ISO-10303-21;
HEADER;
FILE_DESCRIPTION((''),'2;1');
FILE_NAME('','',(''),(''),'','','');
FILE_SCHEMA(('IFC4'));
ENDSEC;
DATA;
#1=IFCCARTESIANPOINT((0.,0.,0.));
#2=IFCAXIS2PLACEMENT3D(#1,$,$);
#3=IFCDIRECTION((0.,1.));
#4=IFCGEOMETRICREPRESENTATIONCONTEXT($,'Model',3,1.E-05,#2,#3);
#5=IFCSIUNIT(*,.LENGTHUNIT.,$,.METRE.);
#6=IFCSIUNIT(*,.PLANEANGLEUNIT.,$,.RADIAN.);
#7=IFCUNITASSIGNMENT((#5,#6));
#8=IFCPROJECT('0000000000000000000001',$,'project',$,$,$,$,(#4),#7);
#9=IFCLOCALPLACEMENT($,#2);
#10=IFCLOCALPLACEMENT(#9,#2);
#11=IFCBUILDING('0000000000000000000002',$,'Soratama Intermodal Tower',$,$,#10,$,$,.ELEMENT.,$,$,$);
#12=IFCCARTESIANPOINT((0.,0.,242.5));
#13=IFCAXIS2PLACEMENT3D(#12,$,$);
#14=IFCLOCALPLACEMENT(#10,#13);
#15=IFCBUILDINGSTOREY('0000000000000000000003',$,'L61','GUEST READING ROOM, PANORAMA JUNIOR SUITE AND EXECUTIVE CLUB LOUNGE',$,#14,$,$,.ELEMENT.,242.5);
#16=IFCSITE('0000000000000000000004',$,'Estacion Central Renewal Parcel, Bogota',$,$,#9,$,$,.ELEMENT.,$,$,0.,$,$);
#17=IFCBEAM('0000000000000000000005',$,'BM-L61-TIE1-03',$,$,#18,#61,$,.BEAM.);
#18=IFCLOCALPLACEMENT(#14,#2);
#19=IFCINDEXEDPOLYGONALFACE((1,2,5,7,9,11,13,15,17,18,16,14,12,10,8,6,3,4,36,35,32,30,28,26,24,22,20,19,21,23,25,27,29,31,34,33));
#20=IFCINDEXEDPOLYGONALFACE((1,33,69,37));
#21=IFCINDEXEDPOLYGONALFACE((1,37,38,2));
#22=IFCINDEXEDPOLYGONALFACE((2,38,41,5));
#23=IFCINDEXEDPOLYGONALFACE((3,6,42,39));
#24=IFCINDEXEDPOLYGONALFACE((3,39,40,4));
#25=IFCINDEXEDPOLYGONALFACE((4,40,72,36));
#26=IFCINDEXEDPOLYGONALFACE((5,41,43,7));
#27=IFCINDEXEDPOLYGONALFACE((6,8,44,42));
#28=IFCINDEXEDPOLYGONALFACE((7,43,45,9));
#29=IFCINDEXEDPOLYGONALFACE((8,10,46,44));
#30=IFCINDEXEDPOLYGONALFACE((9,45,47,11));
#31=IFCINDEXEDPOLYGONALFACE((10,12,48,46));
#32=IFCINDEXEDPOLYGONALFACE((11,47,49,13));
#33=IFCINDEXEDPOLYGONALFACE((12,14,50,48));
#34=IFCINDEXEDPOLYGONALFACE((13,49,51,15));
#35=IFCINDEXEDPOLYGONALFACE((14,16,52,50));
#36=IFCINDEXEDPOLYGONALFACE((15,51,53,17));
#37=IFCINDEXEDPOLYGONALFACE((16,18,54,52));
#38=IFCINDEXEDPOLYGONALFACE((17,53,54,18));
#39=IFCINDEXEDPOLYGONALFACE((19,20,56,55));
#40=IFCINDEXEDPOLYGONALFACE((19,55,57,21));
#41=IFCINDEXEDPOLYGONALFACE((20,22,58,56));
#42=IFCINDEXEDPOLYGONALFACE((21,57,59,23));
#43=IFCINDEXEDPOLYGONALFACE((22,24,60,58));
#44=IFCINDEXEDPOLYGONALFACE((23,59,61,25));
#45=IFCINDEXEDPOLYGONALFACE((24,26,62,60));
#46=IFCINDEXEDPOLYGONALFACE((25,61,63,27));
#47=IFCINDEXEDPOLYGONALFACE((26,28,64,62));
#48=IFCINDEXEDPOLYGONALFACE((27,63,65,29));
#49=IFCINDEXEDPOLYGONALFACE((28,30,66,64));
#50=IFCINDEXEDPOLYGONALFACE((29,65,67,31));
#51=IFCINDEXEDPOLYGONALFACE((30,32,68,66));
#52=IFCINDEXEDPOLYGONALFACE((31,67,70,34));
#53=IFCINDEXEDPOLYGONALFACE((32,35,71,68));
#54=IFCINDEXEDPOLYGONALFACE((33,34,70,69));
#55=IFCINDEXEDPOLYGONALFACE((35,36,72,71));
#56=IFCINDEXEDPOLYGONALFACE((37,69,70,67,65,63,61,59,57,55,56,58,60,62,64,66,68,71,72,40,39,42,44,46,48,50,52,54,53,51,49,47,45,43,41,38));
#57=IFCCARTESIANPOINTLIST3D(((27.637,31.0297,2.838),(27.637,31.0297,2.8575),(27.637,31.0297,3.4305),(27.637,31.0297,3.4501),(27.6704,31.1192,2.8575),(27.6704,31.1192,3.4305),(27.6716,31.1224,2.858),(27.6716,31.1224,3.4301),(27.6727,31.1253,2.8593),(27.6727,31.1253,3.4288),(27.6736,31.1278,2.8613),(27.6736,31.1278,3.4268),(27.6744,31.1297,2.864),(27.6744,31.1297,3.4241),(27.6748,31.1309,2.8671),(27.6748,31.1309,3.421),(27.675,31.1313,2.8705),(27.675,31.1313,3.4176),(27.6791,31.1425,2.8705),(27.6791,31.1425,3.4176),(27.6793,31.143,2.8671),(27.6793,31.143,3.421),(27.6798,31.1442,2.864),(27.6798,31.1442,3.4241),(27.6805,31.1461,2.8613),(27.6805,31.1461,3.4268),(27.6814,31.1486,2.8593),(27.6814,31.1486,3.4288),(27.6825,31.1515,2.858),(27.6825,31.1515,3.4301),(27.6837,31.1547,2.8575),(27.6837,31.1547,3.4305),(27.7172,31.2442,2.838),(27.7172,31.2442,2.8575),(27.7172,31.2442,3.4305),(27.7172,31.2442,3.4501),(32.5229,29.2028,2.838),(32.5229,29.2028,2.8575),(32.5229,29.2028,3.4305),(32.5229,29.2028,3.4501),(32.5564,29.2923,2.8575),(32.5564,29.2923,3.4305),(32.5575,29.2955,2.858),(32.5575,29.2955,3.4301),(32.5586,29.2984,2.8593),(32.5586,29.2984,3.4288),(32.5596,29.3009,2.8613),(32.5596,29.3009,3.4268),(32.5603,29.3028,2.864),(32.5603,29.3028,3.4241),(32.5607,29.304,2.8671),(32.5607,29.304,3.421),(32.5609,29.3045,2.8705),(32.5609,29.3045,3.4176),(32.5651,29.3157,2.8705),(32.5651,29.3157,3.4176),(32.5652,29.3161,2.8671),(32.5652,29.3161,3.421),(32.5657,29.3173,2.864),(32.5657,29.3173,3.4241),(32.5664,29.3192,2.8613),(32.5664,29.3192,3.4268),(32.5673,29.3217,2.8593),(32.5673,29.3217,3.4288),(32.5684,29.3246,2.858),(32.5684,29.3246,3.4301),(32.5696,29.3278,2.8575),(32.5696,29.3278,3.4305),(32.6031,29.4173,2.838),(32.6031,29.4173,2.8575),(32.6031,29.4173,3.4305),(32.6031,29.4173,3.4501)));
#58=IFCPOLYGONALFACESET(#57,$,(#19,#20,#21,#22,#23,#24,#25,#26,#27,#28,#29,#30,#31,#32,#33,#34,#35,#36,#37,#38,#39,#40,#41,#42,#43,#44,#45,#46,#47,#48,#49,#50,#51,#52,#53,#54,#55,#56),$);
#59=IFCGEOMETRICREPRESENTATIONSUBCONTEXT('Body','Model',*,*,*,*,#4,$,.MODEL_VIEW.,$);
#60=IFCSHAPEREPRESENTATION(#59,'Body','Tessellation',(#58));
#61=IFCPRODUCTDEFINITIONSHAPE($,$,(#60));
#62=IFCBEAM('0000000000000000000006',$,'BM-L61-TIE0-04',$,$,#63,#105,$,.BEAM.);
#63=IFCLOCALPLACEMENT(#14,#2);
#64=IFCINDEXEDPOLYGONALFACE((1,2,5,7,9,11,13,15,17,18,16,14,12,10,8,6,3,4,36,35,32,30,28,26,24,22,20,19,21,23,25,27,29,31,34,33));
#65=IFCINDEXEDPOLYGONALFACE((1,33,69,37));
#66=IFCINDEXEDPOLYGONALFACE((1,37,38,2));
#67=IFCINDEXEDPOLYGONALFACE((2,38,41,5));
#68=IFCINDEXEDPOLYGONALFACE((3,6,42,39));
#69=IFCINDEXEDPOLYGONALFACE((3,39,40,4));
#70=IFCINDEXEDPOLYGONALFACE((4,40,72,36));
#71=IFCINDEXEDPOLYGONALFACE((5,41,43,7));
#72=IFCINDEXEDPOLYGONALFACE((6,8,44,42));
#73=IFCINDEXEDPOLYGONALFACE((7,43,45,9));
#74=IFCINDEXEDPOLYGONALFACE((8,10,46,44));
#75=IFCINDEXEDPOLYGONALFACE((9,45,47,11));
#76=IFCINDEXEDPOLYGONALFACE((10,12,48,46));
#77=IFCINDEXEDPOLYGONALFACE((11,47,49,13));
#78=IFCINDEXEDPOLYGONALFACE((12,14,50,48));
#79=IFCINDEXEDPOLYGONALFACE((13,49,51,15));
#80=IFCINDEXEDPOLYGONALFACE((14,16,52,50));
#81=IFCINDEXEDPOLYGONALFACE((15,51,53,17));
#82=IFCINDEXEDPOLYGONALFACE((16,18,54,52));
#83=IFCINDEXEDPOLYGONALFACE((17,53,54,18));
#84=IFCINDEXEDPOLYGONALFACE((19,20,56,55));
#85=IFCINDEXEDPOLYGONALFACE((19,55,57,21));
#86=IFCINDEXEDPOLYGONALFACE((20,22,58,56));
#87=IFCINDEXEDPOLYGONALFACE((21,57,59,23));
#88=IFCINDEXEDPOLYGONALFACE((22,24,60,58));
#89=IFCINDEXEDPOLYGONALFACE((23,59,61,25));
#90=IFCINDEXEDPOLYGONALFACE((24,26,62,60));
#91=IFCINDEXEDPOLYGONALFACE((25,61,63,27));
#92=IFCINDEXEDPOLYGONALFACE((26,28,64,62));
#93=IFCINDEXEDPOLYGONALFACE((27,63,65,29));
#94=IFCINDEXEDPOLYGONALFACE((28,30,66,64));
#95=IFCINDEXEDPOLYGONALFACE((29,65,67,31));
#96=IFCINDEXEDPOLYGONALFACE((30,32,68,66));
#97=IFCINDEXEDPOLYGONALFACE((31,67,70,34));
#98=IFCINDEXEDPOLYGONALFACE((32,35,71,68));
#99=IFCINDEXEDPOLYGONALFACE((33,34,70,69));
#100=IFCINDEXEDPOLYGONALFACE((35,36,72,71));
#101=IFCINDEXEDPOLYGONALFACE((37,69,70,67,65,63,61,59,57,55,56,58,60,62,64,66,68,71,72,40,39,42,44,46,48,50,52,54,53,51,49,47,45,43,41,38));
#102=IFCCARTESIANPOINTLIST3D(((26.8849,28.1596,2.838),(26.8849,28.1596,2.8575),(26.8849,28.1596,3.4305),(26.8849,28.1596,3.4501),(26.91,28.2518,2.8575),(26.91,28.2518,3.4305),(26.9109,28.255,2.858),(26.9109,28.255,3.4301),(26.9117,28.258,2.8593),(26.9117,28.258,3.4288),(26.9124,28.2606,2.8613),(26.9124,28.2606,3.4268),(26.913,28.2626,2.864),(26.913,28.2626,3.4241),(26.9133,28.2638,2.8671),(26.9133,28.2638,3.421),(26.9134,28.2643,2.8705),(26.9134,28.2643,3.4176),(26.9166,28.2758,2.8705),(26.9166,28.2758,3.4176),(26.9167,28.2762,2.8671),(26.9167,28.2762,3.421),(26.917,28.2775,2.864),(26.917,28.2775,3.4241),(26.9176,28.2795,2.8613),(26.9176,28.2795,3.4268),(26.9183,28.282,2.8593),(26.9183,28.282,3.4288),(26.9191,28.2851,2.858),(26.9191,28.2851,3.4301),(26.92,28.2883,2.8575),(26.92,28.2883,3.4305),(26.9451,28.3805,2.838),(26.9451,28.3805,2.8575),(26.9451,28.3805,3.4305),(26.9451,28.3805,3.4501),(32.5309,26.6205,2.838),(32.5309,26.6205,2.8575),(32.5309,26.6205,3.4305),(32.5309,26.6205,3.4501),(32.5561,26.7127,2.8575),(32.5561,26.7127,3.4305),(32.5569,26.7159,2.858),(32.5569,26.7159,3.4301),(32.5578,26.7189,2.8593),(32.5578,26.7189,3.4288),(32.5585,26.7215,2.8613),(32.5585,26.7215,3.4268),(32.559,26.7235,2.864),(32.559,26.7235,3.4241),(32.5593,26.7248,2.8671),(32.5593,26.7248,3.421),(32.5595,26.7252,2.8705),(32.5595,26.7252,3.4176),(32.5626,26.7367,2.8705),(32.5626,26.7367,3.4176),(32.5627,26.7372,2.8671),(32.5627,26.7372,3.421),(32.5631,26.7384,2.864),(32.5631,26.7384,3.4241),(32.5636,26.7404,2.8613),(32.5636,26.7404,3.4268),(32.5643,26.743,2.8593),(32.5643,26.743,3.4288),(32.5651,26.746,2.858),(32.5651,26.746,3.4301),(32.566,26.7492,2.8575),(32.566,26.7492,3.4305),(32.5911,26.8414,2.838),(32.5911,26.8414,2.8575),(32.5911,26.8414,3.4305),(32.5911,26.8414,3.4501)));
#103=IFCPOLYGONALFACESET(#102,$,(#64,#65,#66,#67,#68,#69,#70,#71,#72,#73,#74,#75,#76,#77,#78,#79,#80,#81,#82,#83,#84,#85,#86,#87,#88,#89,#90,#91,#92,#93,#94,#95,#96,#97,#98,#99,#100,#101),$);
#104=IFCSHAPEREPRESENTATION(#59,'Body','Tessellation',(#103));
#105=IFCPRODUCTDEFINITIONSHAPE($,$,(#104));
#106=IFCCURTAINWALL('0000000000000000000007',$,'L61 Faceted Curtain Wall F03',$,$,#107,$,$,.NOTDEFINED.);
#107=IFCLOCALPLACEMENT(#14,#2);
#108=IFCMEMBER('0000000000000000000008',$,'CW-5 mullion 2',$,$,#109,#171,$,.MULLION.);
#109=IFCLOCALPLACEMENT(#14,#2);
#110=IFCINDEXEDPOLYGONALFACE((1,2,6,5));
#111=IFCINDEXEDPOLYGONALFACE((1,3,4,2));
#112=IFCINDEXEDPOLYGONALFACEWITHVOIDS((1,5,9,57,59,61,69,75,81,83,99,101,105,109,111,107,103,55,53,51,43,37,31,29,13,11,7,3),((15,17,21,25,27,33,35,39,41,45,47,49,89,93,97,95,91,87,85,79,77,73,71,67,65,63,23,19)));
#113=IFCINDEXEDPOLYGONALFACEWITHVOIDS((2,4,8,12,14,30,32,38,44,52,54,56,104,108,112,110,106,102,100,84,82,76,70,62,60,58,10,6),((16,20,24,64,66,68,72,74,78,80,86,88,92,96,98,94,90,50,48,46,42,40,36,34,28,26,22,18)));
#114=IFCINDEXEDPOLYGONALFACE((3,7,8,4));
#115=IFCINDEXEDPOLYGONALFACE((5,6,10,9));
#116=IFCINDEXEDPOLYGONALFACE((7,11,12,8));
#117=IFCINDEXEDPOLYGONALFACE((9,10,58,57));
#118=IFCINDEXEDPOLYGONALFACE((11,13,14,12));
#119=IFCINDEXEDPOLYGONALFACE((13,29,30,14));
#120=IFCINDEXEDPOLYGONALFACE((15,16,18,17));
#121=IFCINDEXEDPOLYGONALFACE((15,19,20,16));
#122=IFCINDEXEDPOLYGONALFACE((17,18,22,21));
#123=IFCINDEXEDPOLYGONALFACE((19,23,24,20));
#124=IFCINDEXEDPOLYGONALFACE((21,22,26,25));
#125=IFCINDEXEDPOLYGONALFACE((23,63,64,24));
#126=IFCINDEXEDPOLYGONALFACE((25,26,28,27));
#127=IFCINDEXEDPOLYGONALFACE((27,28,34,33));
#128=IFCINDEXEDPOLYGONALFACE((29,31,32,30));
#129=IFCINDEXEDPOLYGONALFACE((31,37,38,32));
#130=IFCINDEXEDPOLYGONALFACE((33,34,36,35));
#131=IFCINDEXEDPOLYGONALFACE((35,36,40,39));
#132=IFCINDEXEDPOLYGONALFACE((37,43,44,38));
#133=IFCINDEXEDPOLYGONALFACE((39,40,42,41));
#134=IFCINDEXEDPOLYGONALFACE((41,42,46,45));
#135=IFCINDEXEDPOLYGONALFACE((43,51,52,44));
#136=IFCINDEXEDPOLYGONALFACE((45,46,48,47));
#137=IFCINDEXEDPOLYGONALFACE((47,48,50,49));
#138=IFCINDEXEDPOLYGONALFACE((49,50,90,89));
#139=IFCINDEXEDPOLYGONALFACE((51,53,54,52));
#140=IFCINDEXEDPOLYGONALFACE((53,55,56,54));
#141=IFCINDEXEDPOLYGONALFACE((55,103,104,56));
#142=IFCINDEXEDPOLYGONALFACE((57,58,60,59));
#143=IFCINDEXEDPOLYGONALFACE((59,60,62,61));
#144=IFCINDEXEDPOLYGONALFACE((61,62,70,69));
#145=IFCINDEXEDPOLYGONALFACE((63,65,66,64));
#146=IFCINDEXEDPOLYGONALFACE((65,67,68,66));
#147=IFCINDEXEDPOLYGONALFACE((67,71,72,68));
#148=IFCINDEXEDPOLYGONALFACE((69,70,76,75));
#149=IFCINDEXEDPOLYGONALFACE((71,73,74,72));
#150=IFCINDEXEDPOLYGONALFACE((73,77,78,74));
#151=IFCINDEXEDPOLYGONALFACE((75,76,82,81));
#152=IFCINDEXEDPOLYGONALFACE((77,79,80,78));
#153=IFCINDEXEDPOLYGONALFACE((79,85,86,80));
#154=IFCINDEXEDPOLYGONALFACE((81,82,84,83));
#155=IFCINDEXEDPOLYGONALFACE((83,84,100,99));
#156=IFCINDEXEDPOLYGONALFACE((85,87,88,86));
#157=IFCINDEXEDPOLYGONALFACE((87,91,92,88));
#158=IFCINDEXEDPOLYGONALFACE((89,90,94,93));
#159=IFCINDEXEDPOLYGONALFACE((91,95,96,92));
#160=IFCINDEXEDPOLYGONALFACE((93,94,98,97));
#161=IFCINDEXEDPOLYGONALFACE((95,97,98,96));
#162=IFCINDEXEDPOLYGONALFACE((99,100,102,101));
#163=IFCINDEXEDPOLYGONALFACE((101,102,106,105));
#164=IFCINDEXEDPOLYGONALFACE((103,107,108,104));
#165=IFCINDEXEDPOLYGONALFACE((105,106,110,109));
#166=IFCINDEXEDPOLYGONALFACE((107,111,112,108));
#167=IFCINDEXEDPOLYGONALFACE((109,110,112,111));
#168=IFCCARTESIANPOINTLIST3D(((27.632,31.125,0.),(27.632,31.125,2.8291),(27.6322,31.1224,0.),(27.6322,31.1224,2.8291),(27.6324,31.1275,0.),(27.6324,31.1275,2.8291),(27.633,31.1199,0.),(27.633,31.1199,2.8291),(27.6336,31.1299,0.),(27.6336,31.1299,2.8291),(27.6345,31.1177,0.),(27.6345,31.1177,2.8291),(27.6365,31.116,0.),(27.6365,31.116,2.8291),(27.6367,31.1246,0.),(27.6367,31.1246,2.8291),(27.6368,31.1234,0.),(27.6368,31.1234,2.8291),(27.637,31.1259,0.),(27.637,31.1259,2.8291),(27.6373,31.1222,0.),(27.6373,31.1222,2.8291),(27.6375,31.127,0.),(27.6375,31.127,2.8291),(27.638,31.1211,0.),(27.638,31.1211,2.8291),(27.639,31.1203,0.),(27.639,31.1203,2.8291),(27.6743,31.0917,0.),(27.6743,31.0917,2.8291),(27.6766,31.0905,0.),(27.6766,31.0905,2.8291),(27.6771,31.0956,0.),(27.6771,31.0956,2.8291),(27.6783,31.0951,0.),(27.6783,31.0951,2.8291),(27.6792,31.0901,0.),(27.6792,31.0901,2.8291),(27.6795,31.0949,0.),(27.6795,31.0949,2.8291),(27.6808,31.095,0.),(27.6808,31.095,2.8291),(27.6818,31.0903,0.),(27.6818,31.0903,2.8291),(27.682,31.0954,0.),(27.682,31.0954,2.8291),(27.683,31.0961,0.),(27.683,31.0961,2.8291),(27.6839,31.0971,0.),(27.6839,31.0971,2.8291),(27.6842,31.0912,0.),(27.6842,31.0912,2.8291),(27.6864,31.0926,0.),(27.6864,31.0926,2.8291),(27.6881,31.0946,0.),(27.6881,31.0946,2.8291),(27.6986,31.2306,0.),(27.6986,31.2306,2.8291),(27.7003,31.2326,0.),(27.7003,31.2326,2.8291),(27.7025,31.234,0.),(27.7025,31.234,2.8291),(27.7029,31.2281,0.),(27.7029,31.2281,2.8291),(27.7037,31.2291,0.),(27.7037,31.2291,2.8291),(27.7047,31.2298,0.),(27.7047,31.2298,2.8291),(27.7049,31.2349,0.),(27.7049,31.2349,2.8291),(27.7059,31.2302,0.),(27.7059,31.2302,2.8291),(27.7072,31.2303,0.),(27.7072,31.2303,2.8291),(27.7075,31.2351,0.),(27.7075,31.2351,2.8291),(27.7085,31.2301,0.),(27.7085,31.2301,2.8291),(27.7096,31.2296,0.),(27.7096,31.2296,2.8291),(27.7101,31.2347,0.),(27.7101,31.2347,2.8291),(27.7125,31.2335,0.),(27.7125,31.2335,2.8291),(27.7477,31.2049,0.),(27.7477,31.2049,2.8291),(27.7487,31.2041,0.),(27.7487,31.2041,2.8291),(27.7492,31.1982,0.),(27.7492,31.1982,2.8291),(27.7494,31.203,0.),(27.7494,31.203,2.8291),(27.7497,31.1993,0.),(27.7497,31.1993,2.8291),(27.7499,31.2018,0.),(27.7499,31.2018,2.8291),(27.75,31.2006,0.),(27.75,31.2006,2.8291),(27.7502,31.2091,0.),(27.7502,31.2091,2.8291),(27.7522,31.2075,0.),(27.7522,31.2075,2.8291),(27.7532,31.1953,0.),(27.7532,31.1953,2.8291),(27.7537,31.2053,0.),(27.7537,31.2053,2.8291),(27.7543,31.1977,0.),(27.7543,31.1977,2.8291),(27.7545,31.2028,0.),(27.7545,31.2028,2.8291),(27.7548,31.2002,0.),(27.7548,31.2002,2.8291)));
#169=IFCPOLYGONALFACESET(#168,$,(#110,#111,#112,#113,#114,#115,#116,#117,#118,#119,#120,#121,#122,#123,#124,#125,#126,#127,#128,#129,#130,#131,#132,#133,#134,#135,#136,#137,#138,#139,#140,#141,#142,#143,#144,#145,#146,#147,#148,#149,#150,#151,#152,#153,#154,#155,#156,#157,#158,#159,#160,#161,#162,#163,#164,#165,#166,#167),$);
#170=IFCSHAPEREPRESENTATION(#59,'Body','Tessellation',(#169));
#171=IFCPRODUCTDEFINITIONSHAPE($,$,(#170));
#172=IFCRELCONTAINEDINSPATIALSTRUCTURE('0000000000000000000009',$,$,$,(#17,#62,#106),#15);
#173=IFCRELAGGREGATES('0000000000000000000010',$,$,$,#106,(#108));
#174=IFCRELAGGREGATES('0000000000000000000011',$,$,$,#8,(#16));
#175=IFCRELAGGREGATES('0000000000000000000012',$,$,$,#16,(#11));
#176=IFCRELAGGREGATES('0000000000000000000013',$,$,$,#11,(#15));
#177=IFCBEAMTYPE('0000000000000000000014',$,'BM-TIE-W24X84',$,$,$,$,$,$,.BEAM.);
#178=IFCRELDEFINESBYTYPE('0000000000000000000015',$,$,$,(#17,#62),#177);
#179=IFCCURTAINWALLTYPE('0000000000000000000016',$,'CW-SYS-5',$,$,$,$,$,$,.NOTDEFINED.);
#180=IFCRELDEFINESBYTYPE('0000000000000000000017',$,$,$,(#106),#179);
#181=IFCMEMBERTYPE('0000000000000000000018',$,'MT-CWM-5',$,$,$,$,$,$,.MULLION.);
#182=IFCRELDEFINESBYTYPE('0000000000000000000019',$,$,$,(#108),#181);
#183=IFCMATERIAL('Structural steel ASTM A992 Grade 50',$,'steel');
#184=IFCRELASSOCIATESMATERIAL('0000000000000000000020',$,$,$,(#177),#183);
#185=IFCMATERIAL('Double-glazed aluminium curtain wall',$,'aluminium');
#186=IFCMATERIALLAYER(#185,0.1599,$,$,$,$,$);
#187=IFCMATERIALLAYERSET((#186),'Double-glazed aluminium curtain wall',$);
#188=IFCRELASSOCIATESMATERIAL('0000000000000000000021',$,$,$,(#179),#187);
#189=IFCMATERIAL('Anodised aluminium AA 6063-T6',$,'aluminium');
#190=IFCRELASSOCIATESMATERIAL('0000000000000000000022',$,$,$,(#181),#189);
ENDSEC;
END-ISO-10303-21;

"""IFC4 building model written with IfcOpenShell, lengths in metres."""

from ifc_helpers import new_model, si_unit, direction, frame, origin, origin_2d, place, context, subcontext, project, spatial, hollow_rectangle, i_section, extrude, material, layer, layer_set, material_profile, profile_set, type_object, element, aggregate, save


model = new_model("IFC4")

# Units and contexts
model_context = context("Model", 3, precision=1e-05, world=origin(), true_north=direction((0.0, 1.0)))
body_context = subcontext(model_context, "Body", "Model", "MODEL_VIEW")
ifc_project = project(units=[si_unit("LENGTHUNIT", "METRE"), si_unit("PLANEANGLEUNIT", "RADIAN")], contexts=[model_context])

# Site, building, storey
site_placement = place(None, origin())
site = spatial("IfcSite", under=ifc_project, at=site_placement, Name="Estacion Central Renewal Parcel, Bogota", CompositionType="ELEMENT", RefElevation=0.0)
building_placement = place(site_placement, origin())
building = spatial("IfcBuilding", under=site, at=building_placement, Name="Soratama Intermodal Tower", CompositionType="ELEMENT")
storey_placement = place(building_placement, frame((0.0, 0.0, 242.5)))
storey = spatial("IfcBuildingStorey", under=building, at=storey_placement, Name="L61", Description="GUEST READING ROOM, PANORAMA JUNIOR SUITE AND EXECUTIVE CLUB LOUNGE", CompositionType="ELEMENT", Elevation=242.5)

# Beams
ifc_material_1 = material(Name="Structural steel ASTM A992 Grade 50", Category="steel")
ifc_material_profile_1 = material_profile(ifc_material_1, i_section(OverallWidth=0.229, OverallDepth=0.6121, WebThickness=0.012, FlangeThickness=0.0195, FilletRadius=0.0129, at=origin_2d()), Name="W24X84")
ifc_profile_set_1 = profile_set([ifc_material_profile_1], Name="Structural steel ASTM A992 Grade 50")
beam_type_1 = type_object("IfcBeamType", Name="BM-TIE-W24X84", PredefinedType="BEAM", material=ifc_profile_set_1)
beam_1_placement = place(storey_placement, frame((32.563, 29.3101, 3.144), z_axis=(-0.936665, 0.350226, 0.0), x_axis=(-0.350226, -0.936665, 0.0)))
element("IfcBeam", 1, at=beam_1_placement, inside=storey, type_object=beam_type_1, Name="BM-L61-TIE1-03", PredefinedType="BEAM", context=body_context, shape_type="SweptSolid", body=[
    extrude(i_section(OverallWidth=0.229, OverallDepth=0.6121, WebThickness=0.012, FlangeThickness=0.0195, FilletRadius=0.0129, at=origin_2d()), origin(), (0.0, 0.0, 1.0), 5.2163),
])
beam_2_placement = place(storey_placement, frame((32.561, 26.731, 3.144), z_axis=(-0.964797, 0.262997, 0.0), x_axis=(-0.262997, -0.964797, 0.0)))
element("IfcBeam", 2, at=beam_2_placement, inside=storey, type_object=beam_type_1, Name="BM-L61-TIE0-04", PredefinedType="BEAM", context=body_context, shape_type="SweptSolid", body=[
    extrude(i_section(OverallWidth=0.229, OverallDepth=0.6121, WebThickness=0.012, FlangeThickness=0.0195, FilletRadius=0.0129, at=origin_2d()), origin(), (0.0, 0.0, 1.0), 5.8521),
])

# Curtain wall, member
ifc_material_2 = material(Name="Double-glazed aluminium curtain wall", Category="aluminium")
ifc_layer_1 = layer(ifc_material_2, 0.1599)
ifc_layer_set_1 = layer_set([ifc_layer_1], Name="Double-glazed aluminium curtain wall")
curtain_wall_type = type_object("IfcCurtainWallType", Name="CW-SYS-5", PredefinedType="NOTDEFINED", material=ifc_layer_set_1)
curtain_wall_placement = place(storey_placement, origin())
curtain_wall = element("IfcCurtainWall", 3, at=curtain_wall_placement, inside=storey, type_object=curtain_wall_type, Name="L61 Faceted Curtain Wall F03", PredefinedType="NOTDEFINED")
ifc_material_3 = material(Name="Anodised aluminium AA 6063-T6", Category="aluminium")
ifc_material_profile_2 = material_profile(ifc_material_3, hollow_rectangle(XDim=0.0649, YDim=0.1399, WallThickness=0.0049, InnerFilletRadius=0.0049, OuterFilletRadius=0.01, at=origin_2d()), Name="CWM140X65X5")
ifc_profile_set_2 = profile_set([ifc_material_profile_2], Name="Anodised aluminium AA 6063-T6")
member_type = type_object("IfcMemberType", Name="MT-CWM-5", PredefinedType="MULLION", material=ifc_profile_set_2)
member_placement = place(storey_placement, frame((27.6934, 31.1626, 0.0), z_axis=(0.0, 0.0, 1.0), x_axis=(0.839812, -0.542878, 0.0)))
member = element("IfcMember", 4, at=member_placement, type_object=member_type, Name="CW-5 mullion 2", PredefinedType="MULLION", context=body_context, shape_type="SweptSolid", body=[
    extrude(hollow_rectangle(XDim=0.0649, YDim=0.1399, WallThickness=0.0049, InnerFilletRadius=0.0049, OuterFilletRadius=0.01, at=origin_2d()), origin(), (0.0, 0.0, 1.0), 2.8291),
])
aggregate(curtain_wall, [member])

save(model, "model.ifc")
